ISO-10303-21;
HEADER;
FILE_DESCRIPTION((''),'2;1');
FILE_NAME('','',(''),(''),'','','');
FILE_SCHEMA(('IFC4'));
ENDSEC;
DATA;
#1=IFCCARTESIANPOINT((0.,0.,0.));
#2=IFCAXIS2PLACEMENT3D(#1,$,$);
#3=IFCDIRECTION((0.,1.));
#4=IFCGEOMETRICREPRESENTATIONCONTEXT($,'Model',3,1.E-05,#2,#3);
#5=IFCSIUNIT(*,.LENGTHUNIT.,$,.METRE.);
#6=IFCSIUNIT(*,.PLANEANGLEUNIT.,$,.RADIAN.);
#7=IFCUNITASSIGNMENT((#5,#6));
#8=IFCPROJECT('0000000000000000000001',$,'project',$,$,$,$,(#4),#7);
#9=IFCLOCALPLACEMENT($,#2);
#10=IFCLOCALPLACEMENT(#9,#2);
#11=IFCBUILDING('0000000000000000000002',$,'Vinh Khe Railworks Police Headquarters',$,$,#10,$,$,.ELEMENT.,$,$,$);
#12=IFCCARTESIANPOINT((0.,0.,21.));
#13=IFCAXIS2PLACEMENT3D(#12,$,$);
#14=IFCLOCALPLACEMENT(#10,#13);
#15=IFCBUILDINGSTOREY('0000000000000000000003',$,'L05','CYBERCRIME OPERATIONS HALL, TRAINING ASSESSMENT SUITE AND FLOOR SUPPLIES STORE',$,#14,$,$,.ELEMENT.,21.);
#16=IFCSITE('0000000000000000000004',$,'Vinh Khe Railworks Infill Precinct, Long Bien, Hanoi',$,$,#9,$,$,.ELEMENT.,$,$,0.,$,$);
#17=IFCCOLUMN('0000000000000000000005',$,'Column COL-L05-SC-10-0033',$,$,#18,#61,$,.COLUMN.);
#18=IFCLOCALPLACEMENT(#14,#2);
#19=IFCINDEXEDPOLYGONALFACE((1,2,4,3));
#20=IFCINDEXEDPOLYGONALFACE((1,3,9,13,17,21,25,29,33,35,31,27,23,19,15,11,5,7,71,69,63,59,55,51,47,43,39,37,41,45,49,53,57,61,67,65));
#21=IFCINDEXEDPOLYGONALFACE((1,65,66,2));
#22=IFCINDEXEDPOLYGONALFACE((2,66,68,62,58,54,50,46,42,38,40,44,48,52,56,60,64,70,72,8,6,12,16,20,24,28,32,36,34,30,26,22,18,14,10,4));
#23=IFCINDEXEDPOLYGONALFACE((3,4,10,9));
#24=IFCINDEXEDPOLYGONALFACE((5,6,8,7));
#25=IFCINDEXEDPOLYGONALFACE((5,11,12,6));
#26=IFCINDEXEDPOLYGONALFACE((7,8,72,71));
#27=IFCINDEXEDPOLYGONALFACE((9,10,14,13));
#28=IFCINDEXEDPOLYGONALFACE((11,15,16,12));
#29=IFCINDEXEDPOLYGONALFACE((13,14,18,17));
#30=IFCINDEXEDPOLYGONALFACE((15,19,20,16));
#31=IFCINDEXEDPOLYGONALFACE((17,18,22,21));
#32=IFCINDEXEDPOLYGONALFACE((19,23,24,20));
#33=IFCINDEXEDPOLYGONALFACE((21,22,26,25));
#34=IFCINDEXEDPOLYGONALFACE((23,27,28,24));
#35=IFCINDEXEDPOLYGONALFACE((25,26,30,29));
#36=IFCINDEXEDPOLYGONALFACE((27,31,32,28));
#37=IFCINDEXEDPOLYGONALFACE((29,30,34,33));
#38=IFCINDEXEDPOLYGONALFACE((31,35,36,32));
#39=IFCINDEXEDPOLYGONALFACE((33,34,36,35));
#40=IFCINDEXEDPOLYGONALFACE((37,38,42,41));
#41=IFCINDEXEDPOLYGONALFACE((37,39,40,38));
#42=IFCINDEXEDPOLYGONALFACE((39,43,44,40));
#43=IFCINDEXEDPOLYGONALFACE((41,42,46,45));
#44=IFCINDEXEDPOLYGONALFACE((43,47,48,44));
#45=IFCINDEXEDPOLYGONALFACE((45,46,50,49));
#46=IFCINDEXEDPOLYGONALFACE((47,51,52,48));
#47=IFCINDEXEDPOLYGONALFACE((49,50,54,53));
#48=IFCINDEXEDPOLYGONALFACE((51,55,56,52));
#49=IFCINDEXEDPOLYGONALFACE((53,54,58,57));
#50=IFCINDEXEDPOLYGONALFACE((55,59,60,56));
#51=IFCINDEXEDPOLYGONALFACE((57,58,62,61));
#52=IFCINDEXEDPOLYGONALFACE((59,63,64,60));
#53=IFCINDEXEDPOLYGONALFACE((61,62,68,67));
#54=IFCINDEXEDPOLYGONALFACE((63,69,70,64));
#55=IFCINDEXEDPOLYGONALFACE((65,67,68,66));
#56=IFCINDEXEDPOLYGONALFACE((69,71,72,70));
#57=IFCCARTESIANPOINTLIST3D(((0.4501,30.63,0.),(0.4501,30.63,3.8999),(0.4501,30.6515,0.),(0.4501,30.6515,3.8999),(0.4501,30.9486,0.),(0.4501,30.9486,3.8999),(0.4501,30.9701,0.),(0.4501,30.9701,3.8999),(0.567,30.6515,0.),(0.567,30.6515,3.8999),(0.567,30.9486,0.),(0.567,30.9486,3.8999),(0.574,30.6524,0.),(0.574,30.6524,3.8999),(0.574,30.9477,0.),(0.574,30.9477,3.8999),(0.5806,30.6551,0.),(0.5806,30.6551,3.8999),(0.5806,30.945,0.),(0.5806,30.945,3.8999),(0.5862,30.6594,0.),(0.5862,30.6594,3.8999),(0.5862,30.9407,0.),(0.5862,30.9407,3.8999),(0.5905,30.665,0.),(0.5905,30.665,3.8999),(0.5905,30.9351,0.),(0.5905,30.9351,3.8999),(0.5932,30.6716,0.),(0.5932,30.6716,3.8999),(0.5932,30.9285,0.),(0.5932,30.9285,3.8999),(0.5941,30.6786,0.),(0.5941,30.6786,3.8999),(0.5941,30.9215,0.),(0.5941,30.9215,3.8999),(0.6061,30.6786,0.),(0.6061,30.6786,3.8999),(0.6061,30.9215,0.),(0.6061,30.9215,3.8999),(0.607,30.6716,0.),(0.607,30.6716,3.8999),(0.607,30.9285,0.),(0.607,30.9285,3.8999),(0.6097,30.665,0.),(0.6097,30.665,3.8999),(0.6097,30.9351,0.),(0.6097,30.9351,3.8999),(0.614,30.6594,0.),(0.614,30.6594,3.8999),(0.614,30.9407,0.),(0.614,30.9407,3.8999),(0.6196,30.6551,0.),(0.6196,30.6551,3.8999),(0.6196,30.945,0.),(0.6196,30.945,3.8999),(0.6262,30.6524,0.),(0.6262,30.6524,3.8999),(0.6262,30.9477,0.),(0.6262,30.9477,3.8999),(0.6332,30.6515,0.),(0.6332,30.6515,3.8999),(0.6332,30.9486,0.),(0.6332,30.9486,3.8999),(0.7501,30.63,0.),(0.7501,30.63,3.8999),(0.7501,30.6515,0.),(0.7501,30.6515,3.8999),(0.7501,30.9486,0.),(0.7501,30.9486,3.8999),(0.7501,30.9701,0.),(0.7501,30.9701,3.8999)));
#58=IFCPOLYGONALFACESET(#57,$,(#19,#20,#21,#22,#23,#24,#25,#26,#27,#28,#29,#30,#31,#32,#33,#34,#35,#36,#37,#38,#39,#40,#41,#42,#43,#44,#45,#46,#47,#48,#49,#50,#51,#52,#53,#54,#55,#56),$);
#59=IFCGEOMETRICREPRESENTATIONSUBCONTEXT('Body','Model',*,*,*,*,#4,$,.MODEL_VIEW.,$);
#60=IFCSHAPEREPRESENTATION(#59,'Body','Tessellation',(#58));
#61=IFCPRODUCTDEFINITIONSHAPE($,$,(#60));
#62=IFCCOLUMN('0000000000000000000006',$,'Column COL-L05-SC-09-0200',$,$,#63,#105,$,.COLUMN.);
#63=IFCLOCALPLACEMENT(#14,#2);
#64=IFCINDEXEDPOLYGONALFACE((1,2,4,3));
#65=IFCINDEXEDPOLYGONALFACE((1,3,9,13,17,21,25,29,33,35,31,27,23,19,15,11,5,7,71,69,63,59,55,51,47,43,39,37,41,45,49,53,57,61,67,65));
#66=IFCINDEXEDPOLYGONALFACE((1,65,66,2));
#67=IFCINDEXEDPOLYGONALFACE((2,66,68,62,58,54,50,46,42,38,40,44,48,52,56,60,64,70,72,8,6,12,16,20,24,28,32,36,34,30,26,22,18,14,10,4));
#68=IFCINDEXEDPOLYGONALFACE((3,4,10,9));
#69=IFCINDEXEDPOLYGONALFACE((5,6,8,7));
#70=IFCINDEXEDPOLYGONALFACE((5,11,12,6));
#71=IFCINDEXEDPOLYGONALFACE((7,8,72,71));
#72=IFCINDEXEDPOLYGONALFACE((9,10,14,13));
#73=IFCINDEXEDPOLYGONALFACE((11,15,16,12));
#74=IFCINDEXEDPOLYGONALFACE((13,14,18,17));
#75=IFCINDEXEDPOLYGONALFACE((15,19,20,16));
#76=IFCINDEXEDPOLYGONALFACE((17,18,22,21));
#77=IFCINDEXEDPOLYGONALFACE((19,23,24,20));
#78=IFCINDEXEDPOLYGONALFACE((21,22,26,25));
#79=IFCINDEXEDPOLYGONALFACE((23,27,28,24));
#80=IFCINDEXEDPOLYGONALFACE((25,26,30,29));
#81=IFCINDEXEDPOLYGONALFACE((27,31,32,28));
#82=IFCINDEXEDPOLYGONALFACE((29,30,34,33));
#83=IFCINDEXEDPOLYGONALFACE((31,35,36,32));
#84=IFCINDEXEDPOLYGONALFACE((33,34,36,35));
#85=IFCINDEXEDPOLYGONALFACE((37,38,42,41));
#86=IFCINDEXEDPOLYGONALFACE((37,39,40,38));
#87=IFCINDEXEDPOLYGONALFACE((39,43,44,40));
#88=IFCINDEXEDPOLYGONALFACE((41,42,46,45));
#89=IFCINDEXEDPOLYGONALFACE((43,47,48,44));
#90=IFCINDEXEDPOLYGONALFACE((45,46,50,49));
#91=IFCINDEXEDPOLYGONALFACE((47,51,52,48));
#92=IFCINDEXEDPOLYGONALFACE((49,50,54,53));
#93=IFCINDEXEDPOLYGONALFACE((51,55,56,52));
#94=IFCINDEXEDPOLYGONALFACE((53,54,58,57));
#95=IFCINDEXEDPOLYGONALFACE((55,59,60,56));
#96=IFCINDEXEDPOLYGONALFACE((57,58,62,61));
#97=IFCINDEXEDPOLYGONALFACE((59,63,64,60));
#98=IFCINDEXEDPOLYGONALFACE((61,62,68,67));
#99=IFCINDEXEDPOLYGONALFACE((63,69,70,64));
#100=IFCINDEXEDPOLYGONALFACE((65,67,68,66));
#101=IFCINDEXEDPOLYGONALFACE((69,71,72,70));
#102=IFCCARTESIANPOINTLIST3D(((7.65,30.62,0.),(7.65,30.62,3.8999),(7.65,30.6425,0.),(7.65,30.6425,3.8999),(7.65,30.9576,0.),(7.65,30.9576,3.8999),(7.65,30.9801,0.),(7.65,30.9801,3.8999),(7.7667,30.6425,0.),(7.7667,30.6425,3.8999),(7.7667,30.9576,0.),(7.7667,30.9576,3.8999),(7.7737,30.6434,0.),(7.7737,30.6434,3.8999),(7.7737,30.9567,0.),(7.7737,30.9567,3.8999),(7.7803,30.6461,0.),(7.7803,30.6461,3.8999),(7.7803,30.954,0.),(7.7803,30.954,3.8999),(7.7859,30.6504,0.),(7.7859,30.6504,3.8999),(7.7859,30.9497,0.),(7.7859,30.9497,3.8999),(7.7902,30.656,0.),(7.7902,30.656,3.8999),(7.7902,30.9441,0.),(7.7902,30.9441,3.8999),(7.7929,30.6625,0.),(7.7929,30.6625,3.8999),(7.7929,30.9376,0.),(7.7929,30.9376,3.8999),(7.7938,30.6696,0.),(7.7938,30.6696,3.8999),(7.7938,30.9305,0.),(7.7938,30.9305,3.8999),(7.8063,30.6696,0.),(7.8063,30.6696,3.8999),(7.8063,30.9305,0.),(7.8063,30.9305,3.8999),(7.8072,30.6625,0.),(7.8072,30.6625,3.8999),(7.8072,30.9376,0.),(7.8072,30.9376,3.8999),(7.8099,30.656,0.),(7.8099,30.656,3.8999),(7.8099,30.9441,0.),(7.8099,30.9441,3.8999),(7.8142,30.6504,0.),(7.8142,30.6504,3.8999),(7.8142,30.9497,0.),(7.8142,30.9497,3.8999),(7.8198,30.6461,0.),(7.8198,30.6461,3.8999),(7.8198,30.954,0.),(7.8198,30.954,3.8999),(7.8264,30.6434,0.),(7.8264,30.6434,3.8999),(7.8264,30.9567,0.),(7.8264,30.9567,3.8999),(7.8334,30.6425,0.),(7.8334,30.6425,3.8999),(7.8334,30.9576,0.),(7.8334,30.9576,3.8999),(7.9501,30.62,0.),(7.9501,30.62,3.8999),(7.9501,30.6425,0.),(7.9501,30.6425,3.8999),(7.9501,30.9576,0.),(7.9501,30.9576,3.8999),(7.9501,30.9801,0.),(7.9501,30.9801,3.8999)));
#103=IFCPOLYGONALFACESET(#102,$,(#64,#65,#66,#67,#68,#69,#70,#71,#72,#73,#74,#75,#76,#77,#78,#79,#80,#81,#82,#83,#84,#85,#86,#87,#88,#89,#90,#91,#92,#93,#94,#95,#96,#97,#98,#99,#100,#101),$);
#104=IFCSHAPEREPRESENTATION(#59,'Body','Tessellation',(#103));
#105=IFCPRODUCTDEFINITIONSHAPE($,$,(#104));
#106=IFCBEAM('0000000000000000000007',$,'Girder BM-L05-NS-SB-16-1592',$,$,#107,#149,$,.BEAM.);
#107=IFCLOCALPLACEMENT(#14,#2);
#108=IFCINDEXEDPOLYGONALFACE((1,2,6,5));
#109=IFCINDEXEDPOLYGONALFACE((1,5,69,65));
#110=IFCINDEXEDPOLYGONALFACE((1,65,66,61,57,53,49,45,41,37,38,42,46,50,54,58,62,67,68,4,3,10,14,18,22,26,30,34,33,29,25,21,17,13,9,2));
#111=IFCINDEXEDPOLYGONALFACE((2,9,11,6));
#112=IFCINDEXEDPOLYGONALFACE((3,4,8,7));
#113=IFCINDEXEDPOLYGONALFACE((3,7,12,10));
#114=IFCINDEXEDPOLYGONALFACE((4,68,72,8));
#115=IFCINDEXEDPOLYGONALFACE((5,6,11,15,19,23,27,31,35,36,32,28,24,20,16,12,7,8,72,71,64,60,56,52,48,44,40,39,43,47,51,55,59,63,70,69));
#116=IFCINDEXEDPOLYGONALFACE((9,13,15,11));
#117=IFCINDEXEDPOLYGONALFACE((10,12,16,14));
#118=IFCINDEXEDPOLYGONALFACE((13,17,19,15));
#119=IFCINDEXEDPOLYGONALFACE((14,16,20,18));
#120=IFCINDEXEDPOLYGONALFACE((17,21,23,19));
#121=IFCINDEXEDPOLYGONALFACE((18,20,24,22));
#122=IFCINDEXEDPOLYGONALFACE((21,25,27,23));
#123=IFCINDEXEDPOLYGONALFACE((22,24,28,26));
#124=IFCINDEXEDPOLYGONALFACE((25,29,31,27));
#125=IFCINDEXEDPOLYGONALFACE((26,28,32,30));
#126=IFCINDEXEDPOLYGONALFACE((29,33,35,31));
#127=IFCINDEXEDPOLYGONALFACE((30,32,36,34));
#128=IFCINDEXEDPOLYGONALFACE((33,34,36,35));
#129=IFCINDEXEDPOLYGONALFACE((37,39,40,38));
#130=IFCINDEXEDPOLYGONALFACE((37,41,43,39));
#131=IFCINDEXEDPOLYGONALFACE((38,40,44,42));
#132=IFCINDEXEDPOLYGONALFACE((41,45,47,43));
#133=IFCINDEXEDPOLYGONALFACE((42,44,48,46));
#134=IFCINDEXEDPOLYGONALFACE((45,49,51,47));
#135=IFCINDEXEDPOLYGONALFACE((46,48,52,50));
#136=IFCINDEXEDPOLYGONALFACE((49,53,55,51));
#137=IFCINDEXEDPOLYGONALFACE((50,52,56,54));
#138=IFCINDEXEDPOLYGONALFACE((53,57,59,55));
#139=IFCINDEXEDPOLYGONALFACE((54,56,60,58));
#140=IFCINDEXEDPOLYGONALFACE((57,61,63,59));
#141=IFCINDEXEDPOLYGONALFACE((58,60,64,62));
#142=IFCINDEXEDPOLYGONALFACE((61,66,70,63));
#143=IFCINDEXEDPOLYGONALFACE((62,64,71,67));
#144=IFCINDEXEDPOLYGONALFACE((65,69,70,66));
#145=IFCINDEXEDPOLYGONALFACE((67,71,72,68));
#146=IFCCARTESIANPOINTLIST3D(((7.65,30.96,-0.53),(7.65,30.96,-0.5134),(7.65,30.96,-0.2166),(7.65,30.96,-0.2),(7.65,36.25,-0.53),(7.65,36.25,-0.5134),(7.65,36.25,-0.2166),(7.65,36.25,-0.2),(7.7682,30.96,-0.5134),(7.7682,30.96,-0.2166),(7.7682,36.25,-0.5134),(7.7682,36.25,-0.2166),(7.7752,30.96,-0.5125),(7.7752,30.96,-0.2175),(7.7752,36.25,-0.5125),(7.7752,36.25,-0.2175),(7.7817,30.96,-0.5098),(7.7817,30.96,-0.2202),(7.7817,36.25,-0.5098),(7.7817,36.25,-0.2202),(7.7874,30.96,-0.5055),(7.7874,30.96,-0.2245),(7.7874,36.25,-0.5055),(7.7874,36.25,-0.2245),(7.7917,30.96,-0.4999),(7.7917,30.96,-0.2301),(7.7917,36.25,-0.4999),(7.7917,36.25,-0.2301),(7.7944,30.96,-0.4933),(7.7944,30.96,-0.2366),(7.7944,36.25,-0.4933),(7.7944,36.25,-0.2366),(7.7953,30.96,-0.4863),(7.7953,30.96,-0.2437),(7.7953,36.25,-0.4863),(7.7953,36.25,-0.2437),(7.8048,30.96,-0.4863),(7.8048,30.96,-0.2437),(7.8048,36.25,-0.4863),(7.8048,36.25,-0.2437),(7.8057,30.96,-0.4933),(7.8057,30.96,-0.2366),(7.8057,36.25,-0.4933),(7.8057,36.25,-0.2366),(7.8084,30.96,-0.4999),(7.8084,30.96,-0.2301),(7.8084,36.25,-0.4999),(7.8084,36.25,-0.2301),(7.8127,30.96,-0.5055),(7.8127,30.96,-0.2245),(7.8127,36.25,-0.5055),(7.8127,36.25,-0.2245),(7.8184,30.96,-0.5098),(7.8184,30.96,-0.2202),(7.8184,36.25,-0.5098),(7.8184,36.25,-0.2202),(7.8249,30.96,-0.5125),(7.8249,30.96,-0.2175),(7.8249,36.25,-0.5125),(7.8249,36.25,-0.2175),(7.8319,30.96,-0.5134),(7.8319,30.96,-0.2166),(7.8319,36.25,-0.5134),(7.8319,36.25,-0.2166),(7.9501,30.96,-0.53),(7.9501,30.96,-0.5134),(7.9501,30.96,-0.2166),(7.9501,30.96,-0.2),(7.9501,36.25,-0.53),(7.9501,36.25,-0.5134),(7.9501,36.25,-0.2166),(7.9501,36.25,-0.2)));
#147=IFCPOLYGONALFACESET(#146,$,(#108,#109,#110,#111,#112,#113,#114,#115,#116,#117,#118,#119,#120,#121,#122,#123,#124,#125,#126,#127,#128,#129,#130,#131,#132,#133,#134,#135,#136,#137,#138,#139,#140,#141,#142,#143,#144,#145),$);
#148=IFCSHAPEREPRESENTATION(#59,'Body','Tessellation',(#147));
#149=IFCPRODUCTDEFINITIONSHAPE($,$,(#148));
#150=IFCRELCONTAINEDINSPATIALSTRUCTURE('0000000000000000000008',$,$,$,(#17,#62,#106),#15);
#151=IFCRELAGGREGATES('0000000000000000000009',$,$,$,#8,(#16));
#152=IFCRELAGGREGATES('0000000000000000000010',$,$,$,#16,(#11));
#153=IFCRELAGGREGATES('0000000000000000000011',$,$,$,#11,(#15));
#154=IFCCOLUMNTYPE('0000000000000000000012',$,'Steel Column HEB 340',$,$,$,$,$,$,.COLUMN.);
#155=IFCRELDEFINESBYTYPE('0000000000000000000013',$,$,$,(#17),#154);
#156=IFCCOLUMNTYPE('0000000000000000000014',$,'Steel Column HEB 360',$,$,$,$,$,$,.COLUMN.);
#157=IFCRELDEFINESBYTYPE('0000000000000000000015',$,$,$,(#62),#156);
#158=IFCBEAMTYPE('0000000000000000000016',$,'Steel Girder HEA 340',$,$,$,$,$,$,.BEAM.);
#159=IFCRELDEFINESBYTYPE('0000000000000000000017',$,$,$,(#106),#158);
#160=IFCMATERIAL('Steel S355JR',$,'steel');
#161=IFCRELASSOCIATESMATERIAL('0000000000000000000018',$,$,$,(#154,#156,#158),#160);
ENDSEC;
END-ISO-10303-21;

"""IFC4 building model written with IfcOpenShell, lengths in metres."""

from ifc_helpers import new_model, si_unit, direction, frame, origin, origin_2d, place, context, subcontext, project, spatial, i_section, extrude, material, material_profile, profile_set, type_object, element, save


model = new_model("IFC4")

# Units and contexts
model_context = context("Model", 3, precision=1e-05, world=origin(), true_north=direction((0.0, 1.0)))
body_context = subcontext(model_context, "Body", "Model", "MODEL_VIEW")
ifc_project = project(units=[si_unit("LENGTHUNIT", "METRE"), si_unit("PLANEANGLEUNIT", "RADIAN")], contexts=[model_context])

# Site, building, storey
site_placement = place(None, origin())
site = spatial("IfcSite", under=ifc_project, at=site_placement, Name="Vinh Khe Railworks Infill Precinct, Long Bien, Hanoi", CompositionType="ELEMENT", RefElevation=0.0)
building_placement = place(site_placement, origin())
building = spatial("IfcBuilding", under=site, at=building_placement, Name="Vinh Khe Railworks Police Headquarters", CompositionType="ELEMENT")
storey_placement = place(building_placement, frame((0.0, 0.0, 21.0)))
storey = spatial("IfcBuildingStorey", under=building, at=storey_placement, Name="L05", Description="CYBERCRIME OPERATIONS HALL, TRAINING ASSESSMENT SUITE AND FLOOR SUPPLIES STORE", CompositionType="ELEMENT", Elevation=21.0)

# Columns
ifc_material_1 = material(Name="Steel S355JR", Category="steel")
ifc_material_profile_1 = material_profile(ifc_material_1, i_section(OverallWidth=0.3, OverallDepth=0.3401, WebThickness=0.012, FlangeThickness=0.0215, FilletRadius=0.0271, at=origin_2d()), Name="HEB 340")
ifc_profile_set_1 = profile_set([ifc_material_profile_1], Name="Steel S355JR")
column_type_1 = type_object("IfcColumnType", Name="Steel Column HEB 340", PredefinedType="COLUMN", material=ifc_profile_set_1)
column_1_placement = place(storey_placement, frame((0.6001, 30.8, 0.0), z_axis=(0.0, 0.0, 1.0), x_axis=(1.0, 0.0, 0.0)))
element("IfcColumn", 1, at=column_1_placement, inside=storey, type_object=column_type_1, Name="Column COL-L05-SC-10-0033", PredefinedType="COLUMN", context=body_context, shape_type="SweptSolid", body=[
    extrude(i_section(OverallWidth=0.3, OverallDepth=0.3401, WebThickness=0.012, FlangeThickness=0.0215, FilletRadius=0.0271, at=origin_2d()), origin(), (0.0, 0.0, 1.0), 3.8999),
])
ifc_material_profile_2 = material_profile(ifc_material_1, i_section(OverallWidth=0.3, OverallDepth=0.3601, WebThickness=0.0125, FlangeThickness=0.0225, FilletRadius=0.0271, at=origin_2d()), Name="HEB 360")
ifc_profile_set_2 = profile_set([ifc_material_profile_2], Name="Steel S355JR")
column_type_2 = type_object("IfcColumnType", Name="Steel Column HEB 360", PredefinedType="COLUMN", material=ifc_profile_set_2)
column_2_placement = place(storey_placement, frame((7.8, 30.8, 0.0), z_axis=(0.0, 0.0, 1.0), x_axis=(1.0, 0.0, 0.0)))
element("IfcColumn", 2, at=column_2_placement, inside=storey, type_object=column_type_2, Name="Column COL-L05-SC-09-0200", PredefinedType="COLUMN", context=body_context, shape_type="SweptSolid", body=[
    extrude(i_section(OverallWidth=0.3, OverallDepth=0.3601, WebThickness=0.0125, FlangeThickness=0.0225, FilletRadius=0.0271, at=origin_2d()), origin(), (0.0, 0.0, 1.0), 3.8999),
])

# Beam
ifc_material_profile_3 = material_profile(ifc_material_1, i_section(OverallWidth=0.3, OverallDepth=0.3301, WebThickness=0.0095, FlangeThickness=0.0166, FilletRadius=0.0271, at=origin_2d()), Name="HEA 340")
ifc_profile_set_3 = profile_set([ifc_material_profile_3], Name="Steel S355JR")
beam_type_1 = type_object("IfcBeamType", Name="Steel Girder HEA 340", PredefinedType="BEAM", material=ifc_profile_set_3)
beam_1_placement = place(storey_placement, frame((7.8, 30.96, -0.365), z_axis=(0.0, 1.0, 0.0), x_axis=(-1.0, 0.0, 0.0)))
element("IfcBeam", 3, at=beam_1_placement, inside=storey, type_object=beam_type_1, Name="Girder BM-L05-NS-SB-16-1592", PredefinedType="BEAM", context=body_context, shape_type="SweptSolid", body=[
    extrude(i_section(OverallWidth=0.3, OverallDepth=0.3301, WebThickness=0.0095, FlangeThickness=0.0166, FilletRadius=0.0271, at=origin_2d()), origin(), (0.0, 0.0, 1.0), 5.29),
])

save(model, "model.ifc")
